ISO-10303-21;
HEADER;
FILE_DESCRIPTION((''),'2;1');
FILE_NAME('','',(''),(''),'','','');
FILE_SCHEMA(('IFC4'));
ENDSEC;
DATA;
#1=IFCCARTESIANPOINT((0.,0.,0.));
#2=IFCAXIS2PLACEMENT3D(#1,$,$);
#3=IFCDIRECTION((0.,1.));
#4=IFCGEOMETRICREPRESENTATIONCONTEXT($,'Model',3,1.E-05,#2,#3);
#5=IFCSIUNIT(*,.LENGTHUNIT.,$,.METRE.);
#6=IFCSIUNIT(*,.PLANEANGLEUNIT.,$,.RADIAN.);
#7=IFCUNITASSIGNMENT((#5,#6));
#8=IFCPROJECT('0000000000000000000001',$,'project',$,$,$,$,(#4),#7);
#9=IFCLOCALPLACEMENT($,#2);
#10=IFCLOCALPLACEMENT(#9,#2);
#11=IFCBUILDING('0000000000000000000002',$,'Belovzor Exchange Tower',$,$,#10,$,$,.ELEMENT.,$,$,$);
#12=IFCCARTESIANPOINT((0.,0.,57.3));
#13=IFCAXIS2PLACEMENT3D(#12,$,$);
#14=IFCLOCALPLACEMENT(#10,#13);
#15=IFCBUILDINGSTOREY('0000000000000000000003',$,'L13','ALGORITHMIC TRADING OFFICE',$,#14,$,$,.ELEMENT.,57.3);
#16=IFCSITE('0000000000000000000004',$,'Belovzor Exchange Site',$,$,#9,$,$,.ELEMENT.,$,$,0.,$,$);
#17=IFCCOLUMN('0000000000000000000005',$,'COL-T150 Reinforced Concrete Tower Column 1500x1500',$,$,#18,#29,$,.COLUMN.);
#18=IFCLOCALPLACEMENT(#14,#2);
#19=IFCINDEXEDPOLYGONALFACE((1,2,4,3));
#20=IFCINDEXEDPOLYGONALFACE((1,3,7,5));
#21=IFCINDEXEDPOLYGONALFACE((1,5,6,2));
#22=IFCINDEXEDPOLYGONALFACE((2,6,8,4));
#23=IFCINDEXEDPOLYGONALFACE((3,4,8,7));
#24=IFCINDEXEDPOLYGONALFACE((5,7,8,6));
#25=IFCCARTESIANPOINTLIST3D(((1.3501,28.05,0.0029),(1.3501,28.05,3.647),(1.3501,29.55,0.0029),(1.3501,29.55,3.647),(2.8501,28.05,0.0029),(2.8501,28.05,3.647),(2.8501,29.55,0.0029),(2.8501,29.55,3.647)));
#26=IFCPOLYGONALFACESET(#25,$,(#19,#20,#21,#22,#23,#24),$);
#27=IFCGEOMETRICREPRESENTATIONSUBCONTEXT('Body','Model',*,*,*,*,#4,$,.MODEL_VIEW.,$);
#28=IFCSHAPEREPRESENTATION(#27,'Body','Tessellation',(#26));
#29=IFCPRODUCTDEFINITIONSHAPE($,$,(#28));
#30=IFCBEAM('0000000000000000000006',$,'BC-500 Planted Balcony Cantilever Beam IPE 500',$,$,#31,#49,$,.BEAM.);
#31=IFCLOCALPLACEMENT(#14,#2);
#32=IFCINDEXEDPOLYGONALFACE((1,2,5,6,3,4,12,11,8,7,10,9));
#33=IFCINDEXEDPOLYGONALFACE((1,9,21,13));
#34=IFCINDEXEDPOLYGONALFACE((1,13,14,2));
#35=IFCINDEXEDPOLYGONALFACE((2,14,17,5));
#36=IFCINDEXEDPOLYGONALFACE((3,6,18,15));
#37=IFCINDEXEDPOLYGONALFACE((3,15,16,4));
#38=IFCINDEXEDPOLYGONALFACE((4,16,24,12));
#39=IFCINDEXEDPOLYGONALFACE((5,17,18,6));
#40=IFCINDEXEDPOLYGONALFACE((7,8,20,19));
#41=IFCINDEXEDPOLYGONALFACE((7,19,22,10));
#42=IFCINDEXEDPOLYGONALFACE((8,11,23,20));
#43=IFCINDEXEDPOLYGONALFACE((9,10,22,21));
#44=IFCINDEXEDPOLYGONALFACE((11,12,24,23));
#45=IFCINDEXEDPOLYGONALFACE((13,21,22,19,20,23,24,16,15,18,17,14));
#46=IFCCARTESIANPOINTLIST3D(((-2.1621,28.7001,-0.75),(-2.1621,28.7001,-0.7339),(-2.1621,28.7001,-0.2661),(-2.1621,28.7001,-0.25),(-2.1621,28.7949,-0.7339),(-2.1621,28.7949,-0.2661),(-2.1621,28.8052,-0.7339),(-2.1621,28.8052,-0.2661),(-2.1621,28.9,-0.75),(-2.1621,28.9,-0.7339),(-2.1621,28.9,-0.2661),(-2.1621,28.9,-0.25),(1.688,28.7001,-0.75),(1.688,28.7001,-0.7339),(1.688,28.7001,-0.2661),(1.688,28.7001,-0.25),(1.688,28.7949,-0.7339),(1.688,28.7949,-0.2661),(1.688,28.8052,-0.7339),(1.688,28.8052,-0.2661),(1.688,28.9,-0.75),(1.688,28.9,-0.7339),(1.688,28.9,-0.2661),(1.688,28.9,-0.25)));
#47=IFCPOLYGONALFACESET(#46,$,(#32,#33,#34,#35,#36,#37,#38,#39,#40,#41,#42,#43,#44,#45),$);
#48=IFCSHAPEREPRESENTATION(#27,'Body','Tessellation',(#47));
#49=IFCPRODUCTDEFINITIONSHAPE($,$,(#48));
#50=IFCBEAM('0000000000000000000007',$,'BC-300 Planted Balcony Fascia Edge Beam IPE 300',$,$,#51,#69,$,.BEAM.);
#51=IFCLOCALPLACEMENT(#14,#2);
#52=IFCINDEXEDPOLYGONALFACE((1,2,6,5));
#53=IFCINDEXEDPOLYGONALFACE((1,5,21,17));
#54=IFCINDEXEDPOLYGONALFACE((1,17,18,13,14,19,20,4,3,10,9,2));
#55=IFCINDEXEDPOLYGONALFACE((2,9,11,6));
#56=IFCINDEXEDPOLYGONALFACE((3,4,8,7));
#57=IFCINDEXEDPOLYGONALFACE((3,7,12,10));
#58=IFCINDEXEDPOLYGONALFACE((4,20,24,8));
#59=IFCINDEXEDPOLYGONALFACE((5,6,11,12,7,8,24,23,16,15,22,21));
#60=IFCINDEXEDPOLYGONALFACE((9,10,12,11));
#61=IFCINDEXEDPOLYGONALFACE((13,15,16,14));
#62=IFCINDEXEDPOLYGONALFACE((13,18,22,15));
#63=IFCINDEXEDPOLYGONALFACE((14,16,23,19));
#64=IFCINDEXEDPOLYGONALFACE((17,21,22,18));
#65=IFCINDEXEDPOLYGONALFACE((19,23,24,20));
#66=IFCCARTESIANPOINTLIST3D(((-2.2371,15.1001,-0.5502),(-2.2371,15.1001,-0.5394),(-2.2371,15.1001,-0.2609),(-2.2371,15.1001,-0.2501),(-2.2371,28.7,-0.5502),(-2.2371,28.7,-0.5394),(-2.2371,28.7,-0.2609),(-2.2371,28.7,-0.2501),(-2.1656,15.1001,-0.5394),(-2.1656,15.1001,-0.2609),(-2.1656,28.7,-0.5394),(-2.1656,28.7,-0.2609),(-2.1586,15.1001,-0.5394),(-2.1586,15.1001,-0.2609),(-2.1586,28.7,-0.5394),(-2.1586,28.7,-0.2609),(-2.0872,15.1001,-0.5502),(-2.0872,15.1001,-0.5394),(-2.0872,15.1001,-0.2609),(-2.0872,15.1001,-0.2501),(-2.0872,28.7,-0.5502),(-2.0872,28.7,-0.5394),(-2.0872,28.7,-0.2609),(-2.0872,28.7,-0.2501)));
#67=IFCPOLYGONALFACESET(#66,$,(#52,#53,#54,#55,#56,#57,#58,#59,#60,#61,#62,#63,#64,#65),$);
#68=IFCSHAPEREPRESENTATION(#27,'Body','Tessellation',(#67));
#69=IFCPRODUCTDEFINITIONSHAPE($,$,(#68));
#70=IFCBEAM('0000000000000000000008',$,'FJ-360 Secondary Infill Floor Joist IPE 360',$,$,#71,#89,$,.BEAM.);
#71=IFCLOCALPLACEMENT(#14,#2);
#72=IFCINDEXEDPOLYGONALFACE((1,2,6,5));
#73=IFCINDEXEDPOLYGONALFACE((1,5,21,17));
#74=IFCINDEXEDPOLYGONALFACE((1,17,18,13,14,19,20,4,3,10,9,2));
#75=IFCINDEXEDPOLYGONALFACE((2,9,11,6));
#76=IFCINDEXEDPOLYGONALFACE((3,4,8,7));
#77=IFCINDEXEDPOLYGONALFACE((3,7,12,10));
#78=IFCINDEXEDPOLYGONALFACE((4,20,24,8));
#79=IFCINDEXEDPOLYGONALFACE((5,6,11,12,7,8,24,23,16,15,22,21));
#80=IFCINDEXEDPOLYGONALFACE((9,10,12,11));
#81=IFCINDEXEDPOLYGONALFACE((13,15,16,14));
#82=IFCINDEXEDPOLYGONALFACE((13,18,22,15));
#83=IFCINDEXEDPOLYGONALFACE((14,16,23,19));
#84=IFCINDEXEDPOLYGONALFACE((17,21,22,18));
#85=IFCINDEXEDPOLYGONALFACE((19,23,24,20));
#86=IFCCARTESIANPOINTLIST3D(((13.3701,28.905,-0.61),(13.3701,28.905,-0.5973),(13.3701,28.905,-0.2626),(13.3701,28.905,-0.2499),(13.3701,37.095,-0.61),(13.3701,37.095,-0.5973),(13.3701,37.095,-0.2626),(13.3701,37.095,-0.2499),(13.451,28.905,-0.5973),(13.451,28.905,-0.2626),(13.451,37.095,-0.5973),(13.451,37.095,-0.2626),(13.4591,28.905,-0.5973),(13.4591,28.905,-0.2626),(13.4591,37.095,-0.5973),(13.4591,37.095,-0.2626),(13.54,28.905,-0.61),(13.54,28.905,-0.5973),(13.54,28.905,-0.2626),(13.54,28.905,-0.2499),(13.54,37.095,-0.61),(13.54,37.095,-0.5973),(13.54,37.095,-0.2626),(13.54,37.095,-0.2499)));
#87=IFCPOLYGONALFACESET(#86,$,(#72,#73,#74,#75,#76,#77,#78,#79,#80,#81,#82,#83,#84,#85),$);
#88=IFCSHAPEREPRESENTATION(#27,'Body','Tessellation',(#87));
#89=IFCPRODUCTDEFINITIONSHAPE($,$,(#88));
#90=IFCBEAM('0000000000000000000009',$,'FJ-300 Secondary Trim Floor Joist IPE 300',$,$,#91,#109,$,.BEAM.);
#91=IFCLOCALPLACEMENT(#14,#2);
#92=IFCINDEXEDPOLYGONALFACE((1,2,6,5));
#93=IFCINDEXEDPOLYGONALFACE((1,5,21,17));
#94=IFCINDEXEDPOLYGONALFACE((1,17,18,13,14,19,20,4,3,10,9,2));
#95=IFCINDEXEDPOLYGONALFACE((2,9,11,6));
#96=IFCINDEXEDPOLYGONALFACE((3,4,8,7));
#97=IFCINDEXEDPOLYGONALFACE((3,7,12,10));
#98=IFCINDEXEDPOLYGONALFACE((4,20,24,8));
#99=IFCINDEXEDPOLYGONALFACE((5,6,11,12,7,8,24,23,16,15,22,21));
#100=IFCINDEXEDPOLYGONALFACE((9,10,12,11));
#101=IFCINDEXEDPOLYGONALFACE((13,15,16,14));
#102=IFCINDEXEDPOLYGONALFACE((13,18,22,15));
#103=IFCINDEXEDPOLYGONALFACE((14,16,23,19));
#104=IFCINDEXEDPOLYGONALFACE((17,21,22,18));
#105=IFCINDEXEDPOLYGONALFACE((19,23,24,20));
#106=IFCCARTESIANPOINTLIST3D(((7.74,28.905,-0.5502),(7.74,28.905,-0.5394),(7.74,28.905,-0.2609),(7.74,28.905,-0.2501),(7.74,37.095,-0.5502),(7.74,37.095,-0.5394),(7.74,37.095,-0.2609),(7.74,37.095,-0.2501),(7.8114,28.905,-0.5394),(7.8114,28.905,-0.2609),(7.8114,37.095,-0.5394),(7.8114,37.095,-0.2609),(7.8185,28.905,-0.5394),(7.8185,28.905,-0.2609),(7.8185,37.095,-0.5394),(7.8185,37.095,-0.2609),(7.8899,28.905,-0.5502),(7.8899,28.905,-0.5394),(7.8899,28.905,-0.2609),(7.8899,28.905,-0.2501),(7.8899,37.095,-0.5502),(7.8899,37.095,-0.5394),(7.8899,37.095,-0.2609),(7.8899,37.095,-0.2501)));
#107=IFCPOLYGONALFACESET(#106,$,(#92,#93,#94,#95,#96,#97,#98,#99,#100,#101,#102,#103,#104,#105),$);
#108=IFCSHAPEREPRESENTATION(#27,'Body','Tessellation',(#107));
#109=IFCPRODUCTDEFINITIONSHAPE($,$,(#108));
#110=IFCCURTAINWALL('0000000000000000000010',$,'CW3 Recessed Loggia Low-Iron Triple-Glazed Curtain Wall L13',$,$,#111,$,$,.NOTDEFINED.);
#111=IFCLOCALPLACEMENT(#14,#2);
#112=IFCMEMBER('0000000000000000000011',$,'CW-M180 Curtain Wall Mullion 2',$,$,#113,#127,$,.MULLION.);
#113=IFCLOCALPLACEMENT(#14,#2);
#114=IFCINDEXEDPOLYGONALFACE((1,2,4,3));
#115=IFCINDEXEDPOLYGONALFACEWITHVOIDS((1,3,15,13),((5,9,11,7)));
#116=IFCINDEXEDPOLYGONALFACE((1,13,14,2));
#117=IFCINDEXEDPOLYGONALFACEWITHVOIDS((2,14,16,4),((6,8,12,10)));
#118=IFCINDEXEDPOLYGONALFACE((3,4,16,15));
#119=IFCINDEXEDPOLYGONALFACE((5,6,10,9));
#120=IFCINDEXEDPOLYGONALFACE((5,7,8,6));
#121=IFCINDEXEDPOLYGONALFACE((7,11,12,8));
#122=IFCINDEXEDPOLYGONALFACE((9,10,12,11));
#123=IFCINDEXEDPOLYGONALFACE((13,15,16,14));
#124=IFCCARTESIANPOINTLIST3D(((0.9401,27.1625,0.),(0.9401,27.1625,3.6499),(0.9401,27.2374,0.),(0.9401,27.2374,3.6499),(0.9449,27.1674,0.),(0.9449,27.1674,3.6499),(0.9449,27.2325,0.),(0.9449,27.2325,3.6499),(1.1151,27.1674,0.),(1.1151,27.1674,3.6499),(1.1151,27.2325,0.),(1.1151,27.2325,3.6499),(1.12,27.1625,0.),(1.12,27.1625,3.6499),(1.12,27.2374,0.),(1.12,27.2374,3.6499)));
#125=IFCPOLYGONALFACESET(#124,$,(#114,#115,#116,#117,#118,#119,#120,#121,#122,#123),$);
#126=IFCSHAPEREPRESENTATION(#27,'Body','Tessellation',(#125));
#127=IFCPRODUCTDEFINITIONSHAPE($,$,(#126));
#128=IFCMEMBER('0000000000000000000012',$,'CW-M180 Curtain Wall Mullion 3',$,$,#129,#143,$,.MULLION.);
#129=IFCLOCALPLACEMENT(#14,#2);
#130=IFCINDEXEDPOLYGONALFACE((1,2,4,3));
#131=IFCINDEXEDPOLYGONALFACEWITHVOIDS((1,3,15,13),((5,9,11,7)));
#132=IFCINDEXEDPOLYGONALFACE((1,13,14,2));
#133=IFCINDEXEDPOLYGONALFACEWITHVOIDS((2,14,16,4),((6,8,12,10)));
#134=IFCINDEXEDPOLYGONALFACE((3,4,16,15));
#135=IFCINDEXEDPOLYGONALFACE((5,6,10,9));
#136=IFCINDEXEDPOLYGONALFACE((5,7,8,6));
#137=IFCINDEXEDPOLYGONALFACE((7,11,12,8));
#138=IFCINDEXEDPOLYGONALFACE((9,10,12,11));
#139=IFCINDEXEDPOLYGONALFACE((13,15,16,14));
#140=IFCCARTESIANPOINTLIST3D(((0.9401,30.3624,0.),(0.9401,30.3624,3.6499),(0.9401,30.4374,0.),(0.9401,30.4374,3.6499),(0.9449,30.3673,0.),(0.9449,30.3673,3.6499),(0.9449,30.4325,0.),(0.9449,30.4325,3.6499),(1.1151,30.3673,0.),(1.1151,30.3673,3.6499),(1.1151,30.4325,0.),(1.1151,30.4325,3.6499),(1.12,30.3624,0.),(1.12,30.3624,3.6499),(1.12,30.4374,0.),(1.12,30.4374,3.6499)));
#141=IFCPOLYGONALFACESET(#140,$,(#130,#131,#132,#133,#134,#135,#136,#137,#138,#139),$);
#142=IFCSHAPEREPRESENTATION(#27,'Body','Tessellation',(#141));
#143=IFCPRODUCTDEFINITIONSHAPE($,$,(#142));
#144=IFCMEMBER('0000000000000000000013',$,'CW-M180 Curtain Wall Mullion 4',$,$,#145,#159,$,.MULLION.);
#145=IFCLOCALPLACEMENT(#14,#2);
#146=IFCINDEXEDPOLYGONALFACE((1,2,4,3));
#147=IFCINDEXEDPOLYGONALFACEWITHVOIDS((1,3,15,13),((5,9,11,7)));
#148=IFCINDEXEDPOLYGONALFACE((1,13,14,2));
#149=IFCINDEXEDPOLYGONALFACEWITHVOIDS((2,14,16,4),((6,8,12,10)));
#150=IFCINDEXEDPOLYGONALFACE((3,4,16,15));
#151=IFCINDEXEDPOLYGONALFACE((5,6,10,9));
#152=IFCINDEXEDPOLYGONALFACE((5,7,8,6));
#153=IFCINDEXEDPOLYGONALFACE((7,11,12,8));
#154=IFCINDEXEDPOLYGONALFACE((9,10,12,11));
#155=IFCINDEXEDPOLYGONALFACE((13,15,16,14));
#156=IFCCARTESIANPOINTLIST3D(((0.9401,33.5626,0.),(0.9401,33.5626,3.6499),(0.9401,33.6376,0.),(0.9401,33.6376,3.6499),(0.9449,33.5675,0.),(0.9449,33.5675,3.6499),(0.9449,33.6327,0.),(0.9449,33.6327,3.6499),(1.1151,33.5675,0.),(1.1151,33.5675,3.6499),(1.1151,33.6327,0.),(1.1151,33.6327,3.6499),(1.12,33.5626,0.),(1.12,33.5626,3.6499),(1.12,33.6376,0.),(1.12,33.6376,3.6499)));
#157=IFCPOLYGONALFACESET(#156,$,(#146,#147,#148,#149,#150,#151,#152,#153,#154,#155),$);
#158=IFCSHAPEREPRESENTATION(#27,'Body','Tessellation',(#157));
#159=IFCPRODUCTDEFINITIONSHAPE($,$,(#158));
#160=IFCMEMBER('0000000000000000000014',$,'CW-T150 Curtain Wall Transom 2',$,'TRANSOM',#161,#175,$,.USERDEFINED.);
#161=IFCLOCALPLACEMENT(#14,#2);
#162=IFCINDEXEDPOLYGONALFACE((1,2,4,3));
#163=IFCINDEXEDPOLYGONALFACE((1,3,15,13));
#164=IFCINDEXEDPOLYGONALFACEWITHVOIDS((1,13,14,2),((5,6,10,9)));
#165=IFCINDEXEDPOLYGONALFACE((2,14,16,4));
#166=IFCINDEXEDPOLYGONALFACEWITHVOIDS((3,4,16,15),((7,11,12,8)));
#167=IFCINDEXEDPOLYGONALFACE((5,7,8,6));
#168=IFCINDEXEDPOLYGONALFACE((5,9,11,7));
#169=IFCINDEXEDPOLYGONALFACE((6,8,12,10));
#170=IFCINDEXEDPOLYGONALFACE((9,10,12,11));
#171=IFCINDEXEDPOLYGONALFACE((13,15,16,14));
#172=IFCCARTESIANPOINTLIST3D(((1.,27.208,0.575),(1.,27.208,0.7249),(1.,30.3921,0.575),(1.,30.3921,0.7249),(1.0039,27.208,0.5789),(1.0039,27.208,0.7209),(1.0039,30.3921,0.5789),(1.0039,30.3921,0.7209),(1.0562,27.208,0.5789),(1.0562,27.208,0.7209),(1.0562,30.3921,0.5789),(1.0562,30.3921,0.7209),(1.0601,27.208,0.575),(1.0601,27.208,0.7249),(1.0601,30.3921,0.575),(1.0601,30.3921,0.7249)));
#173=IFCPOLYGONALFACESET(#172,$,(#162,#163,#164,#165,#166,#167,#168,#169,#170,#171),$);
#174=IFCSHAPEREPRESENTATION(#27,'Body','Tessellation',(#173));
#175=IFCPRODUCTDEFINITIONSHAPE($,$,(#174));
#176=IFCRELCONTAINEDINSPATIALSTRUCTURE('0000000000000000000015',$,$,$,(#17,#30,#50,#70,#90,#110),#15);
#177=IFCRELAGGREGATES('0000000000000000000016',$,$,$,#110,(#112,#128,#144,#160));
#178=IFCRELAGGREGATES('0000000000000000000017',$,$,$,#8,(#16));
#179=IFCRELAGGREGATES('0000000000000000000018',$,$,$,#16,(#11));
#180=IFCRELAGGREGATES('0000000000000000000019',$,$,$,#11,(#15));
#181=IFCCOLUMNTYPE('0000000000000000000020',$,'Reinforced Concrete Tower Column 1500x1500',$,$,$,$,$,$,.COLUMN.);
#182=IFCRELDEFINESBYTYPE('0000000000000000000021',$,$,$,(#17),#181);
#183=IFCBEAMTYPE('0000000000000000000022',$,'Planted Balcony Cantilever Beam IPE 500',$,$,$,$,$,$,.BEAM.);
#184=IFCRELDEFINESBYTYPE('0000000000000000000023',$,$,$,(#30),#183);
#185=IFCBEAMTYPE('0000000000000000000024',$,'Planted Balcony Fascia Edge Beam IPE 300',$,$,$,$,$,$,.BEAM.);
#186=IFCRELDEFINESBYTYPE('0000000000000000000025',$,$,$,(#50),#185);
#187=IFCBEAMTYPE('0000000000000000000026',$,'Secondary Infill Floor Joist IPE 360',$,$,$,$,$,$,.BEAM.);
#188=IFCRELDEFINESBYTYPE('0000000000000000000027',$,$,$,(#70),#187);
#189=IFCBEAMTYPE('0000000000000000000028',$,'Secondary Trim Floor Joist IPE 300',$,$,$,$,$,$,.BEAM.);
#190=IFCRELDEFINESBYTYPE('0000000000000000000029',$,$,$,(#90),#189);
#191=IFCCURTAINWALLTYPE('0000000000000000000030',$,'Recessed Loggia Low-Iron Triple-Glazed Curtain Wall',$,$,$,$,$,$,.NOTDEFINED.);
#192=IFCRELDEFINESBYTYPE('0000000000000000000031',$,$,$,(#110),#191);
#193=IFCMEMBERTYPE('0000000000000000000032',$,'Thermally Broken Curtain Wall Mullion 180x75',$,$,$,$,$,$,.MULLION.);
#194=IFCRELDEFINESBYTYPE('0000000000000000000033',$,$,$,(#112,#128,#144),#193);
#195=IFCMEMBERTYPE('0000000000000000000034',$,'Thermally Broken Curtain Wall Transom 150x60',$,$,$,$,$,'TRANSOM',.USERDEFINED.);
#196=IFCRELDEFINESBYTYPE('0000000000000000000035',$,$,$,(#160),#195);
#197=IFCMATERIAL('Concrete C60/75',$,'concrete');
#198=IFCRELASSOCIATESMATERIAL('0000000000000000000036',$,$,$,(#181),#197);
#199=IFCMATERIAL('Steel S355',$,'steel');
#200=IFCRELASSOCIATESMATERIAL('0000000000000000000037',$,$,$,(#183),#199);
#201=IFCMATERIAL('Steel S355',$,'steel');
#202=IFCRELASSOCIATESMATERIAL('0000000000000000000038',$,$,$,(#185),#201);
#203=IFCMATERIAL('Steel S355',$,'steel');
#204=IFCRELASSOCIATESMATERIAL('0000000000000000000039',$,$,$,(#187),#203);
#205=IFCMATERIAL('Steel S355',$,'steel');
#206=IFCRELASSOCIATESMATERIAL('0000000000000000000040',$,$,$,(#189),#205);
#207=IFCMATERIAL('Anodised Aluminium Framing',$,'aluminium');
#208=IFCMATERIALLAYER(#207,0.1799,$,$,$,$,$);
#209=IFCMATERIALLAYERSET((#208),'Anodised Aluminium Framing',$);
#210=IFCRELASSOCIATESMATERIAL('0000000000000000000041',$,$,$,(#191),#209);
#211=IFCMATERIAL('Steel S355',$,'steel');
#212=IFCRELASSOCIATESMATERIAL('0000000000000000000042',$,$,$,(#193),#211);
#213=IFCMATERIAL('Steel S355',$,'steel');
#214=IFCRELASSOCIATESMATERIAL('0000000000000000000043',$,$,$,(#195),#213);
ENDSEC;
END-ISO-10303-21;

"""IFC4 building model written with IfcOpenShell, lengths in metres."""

from ifc_helpers import new_model, si_unit, direction, frame, origin, origin_2d, place, context, subcontext, project, spatial, rectangle, hollow_rectangle, i_section, extrude, material, layer, layer_set, material_profile, profile_set, type_object, element, aggregate, save


model = new_model("IFC4")

# Units and contexts
model_context = context("Model", 3, precision=1e-05, world=origin(), true_north=direction((0.0, 1.0)))
body_context = subcontext(model_context, "Body", "Model", "MODEL_VIEW")
ifc_project = project(units=[si_unit("LENGTHUNIT", "METRE"), si_unit("PLANEANGLEUNIT", "RADIAN")], contexts=[model_context])

# Site, building, storey
site_placement = place(None, origin())
site = spatial("IfcSite", under=ifc_project, at=site_placement, Name="Belovzor Exchange Site", CompositionType="ELEMENT", RefElevation=0.0)
building_placement = place(site_placement, origin())
building = spatial("IfcBuilding", under=site, at=building_placement, Name="Belovzor Exchange Tower", CompositionType="ELEMENT")
storey_placement = place(building_placement, frame((0.0, 0.0, 57.3)))
storey = spatial("IfcBuildingStorey", under=building, at=storey_placement, Name="L13", Description="ALGORITHMIC TRADING OFFICE", CompositionType="ELEMENT", Elevation=57.3)

# Column
ifc_material_1 = material(Name="Concrete C60/75", Category="concrete")
ifc_material_profile_1 = material_profile(ifc_material_1, rectangle(XDim=1.5, YDim=1.5, at=origin_2d()))
ifc_profile_set_1 = profile_set([ifc_material_profile_1], Name="Concrete C60/75")
column_type = type_object("IfcColumnType", Name="Reinforced Concrete Tower Column 1500x1500", PredefinedType="COLUMN", material=ifc_profile_set_1)
column_placement = place(storey_placement, frame((2.1001, 28.8, 0.0029), z_axis=(0.0, 0.0, 1.0), x_axis=(1.0, 0.0, 0.0)))
element("IfcColumn", 1, at=column_placement, inside=storey, type_object=column_type, Name="COL-T150 Reinforced Concrete Tower Column 1500x1500", PredefinedType="COLUMN", context=body_context, shape_type="SweptSolid", body=[
    extrude(rectangle(XDim=1.5, YDim=1.5, at=origin_2d()), origin(), (0.0, 0.0, 1.0), 3.644),
])

# Beams
ifc_material_2 = material(Name="Steel S355", Category="steel")
ifc_material_profile_2 = material_profile(ifc_material_2, i_section(OverallWidth=0.2, OverallDepth=0.5, WebThickness=0.0103, FlangeThickness=0.0161, at=origin_2d()))
ifc_profile_set_2 = profile_set([ifc_material_profile_2], Name="Steel S355")
beam_type_1 = type_object("IfcBeamType", Name="Planted Balcony Cantilever Beam IPE 500", PredefinedType="BEAM", material=ifc_profile_set_2)
beam_1_placement = place(storey_placement, frame((1.688, 28.8, -0.5), z_axis=(-1.0, 0.0, 0.0), x_axis=(0.0, -1.0, 0.0)))
element("IfcBeam", 2, at=beam_1_placement, inside=storey, type_object=beam_type_1, Name="BC-500 Planted Balcony Cantilever Beam IPE 500", PredefinedType="BEAM", context=body_context, shape_type="SweptSolid", body=[
    extrude(i_section(OverallWidth=0.2, OverallDepth=0.5, WebThickness=0.0103, FlangeThickness=0.0161, at=origin_2d()), origin(), (0.0, 0.0, 1.0), 3.8501),
])
ifc_material_3 = material(Name="Steel S355", Category="steel")
ifc_material_profile_3 = material_profile(ifc_material_3, i_section(OverallWidth=0.1499, OverallDepth=0.3, WebThickness=0.0071, FlangeThickness=0.0107, at=origin_2d()))
ifc_profile_set_3 = profile_set([ifc_material_profile_3], Name="Steel S355")
beam_type_2 = type_object("IfcBeamType", Name="Planted Balcony Fascia Edge Beam IPE 300", PredefinedType="BEAM", material=ifc_profile_set_3)
beam_2_placement = place(storey_placement, frame((-2.1621, 28.7, -0.4001), z_axis=(0.0, -1.0, 0.0), x_axis=(1.0, 0.0, 0.0)))
element("IfcBeam", 3, at=beam_2_placement, inside=storey, type_object=beam_type_2, Name="BC-300 Planted Balcony Fascia Edge Beam IPE 300", PredefinedType="BEAM", context=body_context, shape_type="SweptSolid", body=[
    extrude(i_section(OverallWidth=0.1499, OverallDepth=0.3, WebThickness=0.0071, FlangeThickness=0.0107, at=origin_2d()), origin(), (0.0, 0.0, 1.0), 13.5999),
])
ifc_material_4 = material(Name="Steel S355", Category="steel")
ifc_material_profile_4 = material_profile(ifc_material_4, i_section(OverallWidth=0.1699, OverallDepth=0.3601, WebThickness=0.0081, FlangeThickness=0.0127, at=origin_2d()))
ifc_profile_set_4 = profile_set([ifc_material_profile_4], Name="Steel S355")
beam_type_3 = type_object("IfcBeamType", Name="Secondary Infill Floor Joist IPE 360", PredefinedType="BEAM", material=ifc_profile_set_4)
beam_3_placement = place(storey_placement, frame((13.4551, 28.905, -0.4299), z_axis=(0.0, 1.0, 0.0), x_axis=(-1.0, 0.0, 0.0)))
element("IfcBeam", 4, at=beam_3_placement, inside=storey, type_object=beam_type_3, Name="FJ-360 Secondary Infill Floor Joist IPE 360", PredefinedType="BEAM", context=body_context, shape_type="SweptSolid", body=[
    extrude(i_section(OverallWidth=0.1699, OverallDepth=0.3601, WebThickness=0.0081, FlangeThickness=0.0127, at=origin_2d()), origin(), (0.0, 0.0, 1.0), 8.1899),
])
ifc_material_5 = material(Name="Steel S355", Category="steel")
ifc_material_profile_5 = material_profile(ifc_material_5, i_section(OverallWidth=0.1499, OverallDepth=0.3, WebThickness=0.0071, FlangeThickness=0.0107, at=origin_2d()))
ifc_profile_set_5 = profile_set([ifc_material_profile_5], Name="Steel S355")
beam_type_4 = type_object("IfcBeamType", Name="Secondary Trim Floor Joist IPE 300", PredefinedType="BEAM", material=ifc_profile_set_5)
beam_4_placement = place(storey_placement, frame((7.8149, 28.905, -0.4001), z_axis=(0.0, 1.0, 0.0), x_axis=(-1.0, 0.0, 0.0)))
element("IfcBeam", 5, at=beam_4_placement, inside=storey, type_object=beam_type_4, Name="FJ-300 Secondary Trim Floor Joist IPE 300", PredefinedType="BEAM", context=body_context, shape_type="SweptSolid", body=[
    extrude(i_section(OverallWidth=0.1499, OverallDepth=0.3, WebThickness=0.0071, FlangeThickness=0.0107, at=origin_2d()), origin(), (0.0, 0.0, 1.0), 8.1899),
])

# Curtain wall, members
ifc_material_6 = material(Name="Anodised Aluminium Framing", Category="aluminium")
ifc_layer_1 = layer(ifc_material_6, 0.1799)
ifc_layer_set_1 = layer_set([ifc_layer_1], Name="Anodised Aluminium Framing")
curtain_wall_type = type_object("IfcCurtainWallType", Name="Recessed Loggia Low-Iron Triple-Glazed Curtain Wall", PredefinedType="NOTDEFINED", material=ifc_layer_set_1)
curtain_wall_placement = place(storey_placement, origin())
curtain_wall = element("IfcCurtainWall", 6, at=curtain_wall_placement, inside=storey, type_object=curtain_wall_type, Name="CW3 Recessed Loggia Low-Iron Triple-Glazed Curtain Wall L13", PredefinedType="NOTDEFINED")
ifc_material_7 = material(Name="Steel S355", Category="steel")
ifc_material_profile_6 = material_profile(ifc_material_7, hollow_rectangle(XDim=0.075, YDim=0.1799, WallThickness=0.0049, at=origin_2d()))
ifc_profile_set_6 = profile_set([ifc_material_profile_6], Name="Steel S355")
member_type_1 = type_object("IfcMemberType", Name="Thermally Broken Curtain Wall Mullion 180x75", PredefinedType="MULLION", material=ifc_profile_set_6)
member_1_placement = place(storey_placement, frame((1.03, 27.2, 0.0), z_axis=(0.0, 0.0, 1.0), x_axis=(0.0, 1.0, 0.0)))
member_1 = element("IfcMember", 7, at=member_1_placement, type_object=member_type_1, Name="CW-M180 Curtain Wall Mullion 2", PredefinedType="MULLION", context=body_context, shape_type="SweptSolid", body=[
    extrude(hollow_rectangle(XDim=0.075, YDim=0.1799, WallThickness=0.0049, at=origin_2d()), origin(), (0.0, 0.0, 1.0), 3.6499),
])
member_2_placement = place(storey_placement, frame((1.03, 30.3999, 0.0), z_axis=(0.0, 0.0, 1.0), x_axis=(0.0, 1.0, 0.0)))
member_2 = element("IfcMember", 8, at=member_2_placement, type_object=member_type_1, Name="CW-M180 Curtain Wall Mullion 3", PredefinedType="MULLION", context=body_context, shape_type="SweptSolid", body=[
    extrude(hollow_rectangle(XDim=0.075, YDim=0.1799, WallThickness=0.0049, at=origin_2d()), origin(), (0.0, 0.0, 1.0), 3.6499),
])
member_3_placement = place(storey_placement, frame((1.03, 33.6001, 0.0), z_axis=(0.0, 0.0, 1.0), x_axis=(0.0, 1.0, 0.0)))
member_3 = element("IfcMember", 9, at=member_3_placement, type_object=member_type_1, Name="CW-M180 Curtain Wall Mullion 4", PredefinedType="MULLION", context=body_context, shape_type="SweptSolid", body=[
    extrude(hollow_rectangle(XDim=0.075, YDim=0.1799, WallThickness=0.0049, at=origin_2d()), origin(), (0.0, 0.0, 1.0), 3.6499),
])
ifc_material_8 = material(Name="Steel S355", Category="steel")
ifc_material_profile_7 = material_profile(ifc_material_8, hollow_rectangle(XDim=0.0601, YDim=0.1499, WallThickness=0.0039, at=origin_2d()))
ifc_profile_set_7 = profile_set([ifc_material_profile_7], Name="Steel S355")
member_type_2 = type_object("IfcMemberType", Name="Thermally Broken Curtain Wall Transom 150x60", ElementType="TRANSOM", PredefinedType="USERDEFINED", material=ifc_profile_set_7)
member_4_placement = place(storey_placement, frame((1.03, 27.208, 0.6499), z_axis=(0.0, 1.0, 0.0), x_axis=(-1.0, 0.0, 0.0)))
member_4 = element("IfcMember", 10, at=member_4_placement, type_object=member_type_2, Name="CW-T150 Curtain Wall Transom 2", ObjectType="TRANSOM", PredefinedType="USERDEFINED", context=body_context, shape_type="SweptSolid", body=[
    extrude(hollow_rectangle(XDim=0.0601, YDim=0.1499, WallThickness=0.0039, at=origin_2d()), origin(), (0.0, 0.0, 1.0), 3.1841),
])

aggregate(curtain_wall, [member_1, member_2, member_3, member_4])

save(model, "model.ifc")
